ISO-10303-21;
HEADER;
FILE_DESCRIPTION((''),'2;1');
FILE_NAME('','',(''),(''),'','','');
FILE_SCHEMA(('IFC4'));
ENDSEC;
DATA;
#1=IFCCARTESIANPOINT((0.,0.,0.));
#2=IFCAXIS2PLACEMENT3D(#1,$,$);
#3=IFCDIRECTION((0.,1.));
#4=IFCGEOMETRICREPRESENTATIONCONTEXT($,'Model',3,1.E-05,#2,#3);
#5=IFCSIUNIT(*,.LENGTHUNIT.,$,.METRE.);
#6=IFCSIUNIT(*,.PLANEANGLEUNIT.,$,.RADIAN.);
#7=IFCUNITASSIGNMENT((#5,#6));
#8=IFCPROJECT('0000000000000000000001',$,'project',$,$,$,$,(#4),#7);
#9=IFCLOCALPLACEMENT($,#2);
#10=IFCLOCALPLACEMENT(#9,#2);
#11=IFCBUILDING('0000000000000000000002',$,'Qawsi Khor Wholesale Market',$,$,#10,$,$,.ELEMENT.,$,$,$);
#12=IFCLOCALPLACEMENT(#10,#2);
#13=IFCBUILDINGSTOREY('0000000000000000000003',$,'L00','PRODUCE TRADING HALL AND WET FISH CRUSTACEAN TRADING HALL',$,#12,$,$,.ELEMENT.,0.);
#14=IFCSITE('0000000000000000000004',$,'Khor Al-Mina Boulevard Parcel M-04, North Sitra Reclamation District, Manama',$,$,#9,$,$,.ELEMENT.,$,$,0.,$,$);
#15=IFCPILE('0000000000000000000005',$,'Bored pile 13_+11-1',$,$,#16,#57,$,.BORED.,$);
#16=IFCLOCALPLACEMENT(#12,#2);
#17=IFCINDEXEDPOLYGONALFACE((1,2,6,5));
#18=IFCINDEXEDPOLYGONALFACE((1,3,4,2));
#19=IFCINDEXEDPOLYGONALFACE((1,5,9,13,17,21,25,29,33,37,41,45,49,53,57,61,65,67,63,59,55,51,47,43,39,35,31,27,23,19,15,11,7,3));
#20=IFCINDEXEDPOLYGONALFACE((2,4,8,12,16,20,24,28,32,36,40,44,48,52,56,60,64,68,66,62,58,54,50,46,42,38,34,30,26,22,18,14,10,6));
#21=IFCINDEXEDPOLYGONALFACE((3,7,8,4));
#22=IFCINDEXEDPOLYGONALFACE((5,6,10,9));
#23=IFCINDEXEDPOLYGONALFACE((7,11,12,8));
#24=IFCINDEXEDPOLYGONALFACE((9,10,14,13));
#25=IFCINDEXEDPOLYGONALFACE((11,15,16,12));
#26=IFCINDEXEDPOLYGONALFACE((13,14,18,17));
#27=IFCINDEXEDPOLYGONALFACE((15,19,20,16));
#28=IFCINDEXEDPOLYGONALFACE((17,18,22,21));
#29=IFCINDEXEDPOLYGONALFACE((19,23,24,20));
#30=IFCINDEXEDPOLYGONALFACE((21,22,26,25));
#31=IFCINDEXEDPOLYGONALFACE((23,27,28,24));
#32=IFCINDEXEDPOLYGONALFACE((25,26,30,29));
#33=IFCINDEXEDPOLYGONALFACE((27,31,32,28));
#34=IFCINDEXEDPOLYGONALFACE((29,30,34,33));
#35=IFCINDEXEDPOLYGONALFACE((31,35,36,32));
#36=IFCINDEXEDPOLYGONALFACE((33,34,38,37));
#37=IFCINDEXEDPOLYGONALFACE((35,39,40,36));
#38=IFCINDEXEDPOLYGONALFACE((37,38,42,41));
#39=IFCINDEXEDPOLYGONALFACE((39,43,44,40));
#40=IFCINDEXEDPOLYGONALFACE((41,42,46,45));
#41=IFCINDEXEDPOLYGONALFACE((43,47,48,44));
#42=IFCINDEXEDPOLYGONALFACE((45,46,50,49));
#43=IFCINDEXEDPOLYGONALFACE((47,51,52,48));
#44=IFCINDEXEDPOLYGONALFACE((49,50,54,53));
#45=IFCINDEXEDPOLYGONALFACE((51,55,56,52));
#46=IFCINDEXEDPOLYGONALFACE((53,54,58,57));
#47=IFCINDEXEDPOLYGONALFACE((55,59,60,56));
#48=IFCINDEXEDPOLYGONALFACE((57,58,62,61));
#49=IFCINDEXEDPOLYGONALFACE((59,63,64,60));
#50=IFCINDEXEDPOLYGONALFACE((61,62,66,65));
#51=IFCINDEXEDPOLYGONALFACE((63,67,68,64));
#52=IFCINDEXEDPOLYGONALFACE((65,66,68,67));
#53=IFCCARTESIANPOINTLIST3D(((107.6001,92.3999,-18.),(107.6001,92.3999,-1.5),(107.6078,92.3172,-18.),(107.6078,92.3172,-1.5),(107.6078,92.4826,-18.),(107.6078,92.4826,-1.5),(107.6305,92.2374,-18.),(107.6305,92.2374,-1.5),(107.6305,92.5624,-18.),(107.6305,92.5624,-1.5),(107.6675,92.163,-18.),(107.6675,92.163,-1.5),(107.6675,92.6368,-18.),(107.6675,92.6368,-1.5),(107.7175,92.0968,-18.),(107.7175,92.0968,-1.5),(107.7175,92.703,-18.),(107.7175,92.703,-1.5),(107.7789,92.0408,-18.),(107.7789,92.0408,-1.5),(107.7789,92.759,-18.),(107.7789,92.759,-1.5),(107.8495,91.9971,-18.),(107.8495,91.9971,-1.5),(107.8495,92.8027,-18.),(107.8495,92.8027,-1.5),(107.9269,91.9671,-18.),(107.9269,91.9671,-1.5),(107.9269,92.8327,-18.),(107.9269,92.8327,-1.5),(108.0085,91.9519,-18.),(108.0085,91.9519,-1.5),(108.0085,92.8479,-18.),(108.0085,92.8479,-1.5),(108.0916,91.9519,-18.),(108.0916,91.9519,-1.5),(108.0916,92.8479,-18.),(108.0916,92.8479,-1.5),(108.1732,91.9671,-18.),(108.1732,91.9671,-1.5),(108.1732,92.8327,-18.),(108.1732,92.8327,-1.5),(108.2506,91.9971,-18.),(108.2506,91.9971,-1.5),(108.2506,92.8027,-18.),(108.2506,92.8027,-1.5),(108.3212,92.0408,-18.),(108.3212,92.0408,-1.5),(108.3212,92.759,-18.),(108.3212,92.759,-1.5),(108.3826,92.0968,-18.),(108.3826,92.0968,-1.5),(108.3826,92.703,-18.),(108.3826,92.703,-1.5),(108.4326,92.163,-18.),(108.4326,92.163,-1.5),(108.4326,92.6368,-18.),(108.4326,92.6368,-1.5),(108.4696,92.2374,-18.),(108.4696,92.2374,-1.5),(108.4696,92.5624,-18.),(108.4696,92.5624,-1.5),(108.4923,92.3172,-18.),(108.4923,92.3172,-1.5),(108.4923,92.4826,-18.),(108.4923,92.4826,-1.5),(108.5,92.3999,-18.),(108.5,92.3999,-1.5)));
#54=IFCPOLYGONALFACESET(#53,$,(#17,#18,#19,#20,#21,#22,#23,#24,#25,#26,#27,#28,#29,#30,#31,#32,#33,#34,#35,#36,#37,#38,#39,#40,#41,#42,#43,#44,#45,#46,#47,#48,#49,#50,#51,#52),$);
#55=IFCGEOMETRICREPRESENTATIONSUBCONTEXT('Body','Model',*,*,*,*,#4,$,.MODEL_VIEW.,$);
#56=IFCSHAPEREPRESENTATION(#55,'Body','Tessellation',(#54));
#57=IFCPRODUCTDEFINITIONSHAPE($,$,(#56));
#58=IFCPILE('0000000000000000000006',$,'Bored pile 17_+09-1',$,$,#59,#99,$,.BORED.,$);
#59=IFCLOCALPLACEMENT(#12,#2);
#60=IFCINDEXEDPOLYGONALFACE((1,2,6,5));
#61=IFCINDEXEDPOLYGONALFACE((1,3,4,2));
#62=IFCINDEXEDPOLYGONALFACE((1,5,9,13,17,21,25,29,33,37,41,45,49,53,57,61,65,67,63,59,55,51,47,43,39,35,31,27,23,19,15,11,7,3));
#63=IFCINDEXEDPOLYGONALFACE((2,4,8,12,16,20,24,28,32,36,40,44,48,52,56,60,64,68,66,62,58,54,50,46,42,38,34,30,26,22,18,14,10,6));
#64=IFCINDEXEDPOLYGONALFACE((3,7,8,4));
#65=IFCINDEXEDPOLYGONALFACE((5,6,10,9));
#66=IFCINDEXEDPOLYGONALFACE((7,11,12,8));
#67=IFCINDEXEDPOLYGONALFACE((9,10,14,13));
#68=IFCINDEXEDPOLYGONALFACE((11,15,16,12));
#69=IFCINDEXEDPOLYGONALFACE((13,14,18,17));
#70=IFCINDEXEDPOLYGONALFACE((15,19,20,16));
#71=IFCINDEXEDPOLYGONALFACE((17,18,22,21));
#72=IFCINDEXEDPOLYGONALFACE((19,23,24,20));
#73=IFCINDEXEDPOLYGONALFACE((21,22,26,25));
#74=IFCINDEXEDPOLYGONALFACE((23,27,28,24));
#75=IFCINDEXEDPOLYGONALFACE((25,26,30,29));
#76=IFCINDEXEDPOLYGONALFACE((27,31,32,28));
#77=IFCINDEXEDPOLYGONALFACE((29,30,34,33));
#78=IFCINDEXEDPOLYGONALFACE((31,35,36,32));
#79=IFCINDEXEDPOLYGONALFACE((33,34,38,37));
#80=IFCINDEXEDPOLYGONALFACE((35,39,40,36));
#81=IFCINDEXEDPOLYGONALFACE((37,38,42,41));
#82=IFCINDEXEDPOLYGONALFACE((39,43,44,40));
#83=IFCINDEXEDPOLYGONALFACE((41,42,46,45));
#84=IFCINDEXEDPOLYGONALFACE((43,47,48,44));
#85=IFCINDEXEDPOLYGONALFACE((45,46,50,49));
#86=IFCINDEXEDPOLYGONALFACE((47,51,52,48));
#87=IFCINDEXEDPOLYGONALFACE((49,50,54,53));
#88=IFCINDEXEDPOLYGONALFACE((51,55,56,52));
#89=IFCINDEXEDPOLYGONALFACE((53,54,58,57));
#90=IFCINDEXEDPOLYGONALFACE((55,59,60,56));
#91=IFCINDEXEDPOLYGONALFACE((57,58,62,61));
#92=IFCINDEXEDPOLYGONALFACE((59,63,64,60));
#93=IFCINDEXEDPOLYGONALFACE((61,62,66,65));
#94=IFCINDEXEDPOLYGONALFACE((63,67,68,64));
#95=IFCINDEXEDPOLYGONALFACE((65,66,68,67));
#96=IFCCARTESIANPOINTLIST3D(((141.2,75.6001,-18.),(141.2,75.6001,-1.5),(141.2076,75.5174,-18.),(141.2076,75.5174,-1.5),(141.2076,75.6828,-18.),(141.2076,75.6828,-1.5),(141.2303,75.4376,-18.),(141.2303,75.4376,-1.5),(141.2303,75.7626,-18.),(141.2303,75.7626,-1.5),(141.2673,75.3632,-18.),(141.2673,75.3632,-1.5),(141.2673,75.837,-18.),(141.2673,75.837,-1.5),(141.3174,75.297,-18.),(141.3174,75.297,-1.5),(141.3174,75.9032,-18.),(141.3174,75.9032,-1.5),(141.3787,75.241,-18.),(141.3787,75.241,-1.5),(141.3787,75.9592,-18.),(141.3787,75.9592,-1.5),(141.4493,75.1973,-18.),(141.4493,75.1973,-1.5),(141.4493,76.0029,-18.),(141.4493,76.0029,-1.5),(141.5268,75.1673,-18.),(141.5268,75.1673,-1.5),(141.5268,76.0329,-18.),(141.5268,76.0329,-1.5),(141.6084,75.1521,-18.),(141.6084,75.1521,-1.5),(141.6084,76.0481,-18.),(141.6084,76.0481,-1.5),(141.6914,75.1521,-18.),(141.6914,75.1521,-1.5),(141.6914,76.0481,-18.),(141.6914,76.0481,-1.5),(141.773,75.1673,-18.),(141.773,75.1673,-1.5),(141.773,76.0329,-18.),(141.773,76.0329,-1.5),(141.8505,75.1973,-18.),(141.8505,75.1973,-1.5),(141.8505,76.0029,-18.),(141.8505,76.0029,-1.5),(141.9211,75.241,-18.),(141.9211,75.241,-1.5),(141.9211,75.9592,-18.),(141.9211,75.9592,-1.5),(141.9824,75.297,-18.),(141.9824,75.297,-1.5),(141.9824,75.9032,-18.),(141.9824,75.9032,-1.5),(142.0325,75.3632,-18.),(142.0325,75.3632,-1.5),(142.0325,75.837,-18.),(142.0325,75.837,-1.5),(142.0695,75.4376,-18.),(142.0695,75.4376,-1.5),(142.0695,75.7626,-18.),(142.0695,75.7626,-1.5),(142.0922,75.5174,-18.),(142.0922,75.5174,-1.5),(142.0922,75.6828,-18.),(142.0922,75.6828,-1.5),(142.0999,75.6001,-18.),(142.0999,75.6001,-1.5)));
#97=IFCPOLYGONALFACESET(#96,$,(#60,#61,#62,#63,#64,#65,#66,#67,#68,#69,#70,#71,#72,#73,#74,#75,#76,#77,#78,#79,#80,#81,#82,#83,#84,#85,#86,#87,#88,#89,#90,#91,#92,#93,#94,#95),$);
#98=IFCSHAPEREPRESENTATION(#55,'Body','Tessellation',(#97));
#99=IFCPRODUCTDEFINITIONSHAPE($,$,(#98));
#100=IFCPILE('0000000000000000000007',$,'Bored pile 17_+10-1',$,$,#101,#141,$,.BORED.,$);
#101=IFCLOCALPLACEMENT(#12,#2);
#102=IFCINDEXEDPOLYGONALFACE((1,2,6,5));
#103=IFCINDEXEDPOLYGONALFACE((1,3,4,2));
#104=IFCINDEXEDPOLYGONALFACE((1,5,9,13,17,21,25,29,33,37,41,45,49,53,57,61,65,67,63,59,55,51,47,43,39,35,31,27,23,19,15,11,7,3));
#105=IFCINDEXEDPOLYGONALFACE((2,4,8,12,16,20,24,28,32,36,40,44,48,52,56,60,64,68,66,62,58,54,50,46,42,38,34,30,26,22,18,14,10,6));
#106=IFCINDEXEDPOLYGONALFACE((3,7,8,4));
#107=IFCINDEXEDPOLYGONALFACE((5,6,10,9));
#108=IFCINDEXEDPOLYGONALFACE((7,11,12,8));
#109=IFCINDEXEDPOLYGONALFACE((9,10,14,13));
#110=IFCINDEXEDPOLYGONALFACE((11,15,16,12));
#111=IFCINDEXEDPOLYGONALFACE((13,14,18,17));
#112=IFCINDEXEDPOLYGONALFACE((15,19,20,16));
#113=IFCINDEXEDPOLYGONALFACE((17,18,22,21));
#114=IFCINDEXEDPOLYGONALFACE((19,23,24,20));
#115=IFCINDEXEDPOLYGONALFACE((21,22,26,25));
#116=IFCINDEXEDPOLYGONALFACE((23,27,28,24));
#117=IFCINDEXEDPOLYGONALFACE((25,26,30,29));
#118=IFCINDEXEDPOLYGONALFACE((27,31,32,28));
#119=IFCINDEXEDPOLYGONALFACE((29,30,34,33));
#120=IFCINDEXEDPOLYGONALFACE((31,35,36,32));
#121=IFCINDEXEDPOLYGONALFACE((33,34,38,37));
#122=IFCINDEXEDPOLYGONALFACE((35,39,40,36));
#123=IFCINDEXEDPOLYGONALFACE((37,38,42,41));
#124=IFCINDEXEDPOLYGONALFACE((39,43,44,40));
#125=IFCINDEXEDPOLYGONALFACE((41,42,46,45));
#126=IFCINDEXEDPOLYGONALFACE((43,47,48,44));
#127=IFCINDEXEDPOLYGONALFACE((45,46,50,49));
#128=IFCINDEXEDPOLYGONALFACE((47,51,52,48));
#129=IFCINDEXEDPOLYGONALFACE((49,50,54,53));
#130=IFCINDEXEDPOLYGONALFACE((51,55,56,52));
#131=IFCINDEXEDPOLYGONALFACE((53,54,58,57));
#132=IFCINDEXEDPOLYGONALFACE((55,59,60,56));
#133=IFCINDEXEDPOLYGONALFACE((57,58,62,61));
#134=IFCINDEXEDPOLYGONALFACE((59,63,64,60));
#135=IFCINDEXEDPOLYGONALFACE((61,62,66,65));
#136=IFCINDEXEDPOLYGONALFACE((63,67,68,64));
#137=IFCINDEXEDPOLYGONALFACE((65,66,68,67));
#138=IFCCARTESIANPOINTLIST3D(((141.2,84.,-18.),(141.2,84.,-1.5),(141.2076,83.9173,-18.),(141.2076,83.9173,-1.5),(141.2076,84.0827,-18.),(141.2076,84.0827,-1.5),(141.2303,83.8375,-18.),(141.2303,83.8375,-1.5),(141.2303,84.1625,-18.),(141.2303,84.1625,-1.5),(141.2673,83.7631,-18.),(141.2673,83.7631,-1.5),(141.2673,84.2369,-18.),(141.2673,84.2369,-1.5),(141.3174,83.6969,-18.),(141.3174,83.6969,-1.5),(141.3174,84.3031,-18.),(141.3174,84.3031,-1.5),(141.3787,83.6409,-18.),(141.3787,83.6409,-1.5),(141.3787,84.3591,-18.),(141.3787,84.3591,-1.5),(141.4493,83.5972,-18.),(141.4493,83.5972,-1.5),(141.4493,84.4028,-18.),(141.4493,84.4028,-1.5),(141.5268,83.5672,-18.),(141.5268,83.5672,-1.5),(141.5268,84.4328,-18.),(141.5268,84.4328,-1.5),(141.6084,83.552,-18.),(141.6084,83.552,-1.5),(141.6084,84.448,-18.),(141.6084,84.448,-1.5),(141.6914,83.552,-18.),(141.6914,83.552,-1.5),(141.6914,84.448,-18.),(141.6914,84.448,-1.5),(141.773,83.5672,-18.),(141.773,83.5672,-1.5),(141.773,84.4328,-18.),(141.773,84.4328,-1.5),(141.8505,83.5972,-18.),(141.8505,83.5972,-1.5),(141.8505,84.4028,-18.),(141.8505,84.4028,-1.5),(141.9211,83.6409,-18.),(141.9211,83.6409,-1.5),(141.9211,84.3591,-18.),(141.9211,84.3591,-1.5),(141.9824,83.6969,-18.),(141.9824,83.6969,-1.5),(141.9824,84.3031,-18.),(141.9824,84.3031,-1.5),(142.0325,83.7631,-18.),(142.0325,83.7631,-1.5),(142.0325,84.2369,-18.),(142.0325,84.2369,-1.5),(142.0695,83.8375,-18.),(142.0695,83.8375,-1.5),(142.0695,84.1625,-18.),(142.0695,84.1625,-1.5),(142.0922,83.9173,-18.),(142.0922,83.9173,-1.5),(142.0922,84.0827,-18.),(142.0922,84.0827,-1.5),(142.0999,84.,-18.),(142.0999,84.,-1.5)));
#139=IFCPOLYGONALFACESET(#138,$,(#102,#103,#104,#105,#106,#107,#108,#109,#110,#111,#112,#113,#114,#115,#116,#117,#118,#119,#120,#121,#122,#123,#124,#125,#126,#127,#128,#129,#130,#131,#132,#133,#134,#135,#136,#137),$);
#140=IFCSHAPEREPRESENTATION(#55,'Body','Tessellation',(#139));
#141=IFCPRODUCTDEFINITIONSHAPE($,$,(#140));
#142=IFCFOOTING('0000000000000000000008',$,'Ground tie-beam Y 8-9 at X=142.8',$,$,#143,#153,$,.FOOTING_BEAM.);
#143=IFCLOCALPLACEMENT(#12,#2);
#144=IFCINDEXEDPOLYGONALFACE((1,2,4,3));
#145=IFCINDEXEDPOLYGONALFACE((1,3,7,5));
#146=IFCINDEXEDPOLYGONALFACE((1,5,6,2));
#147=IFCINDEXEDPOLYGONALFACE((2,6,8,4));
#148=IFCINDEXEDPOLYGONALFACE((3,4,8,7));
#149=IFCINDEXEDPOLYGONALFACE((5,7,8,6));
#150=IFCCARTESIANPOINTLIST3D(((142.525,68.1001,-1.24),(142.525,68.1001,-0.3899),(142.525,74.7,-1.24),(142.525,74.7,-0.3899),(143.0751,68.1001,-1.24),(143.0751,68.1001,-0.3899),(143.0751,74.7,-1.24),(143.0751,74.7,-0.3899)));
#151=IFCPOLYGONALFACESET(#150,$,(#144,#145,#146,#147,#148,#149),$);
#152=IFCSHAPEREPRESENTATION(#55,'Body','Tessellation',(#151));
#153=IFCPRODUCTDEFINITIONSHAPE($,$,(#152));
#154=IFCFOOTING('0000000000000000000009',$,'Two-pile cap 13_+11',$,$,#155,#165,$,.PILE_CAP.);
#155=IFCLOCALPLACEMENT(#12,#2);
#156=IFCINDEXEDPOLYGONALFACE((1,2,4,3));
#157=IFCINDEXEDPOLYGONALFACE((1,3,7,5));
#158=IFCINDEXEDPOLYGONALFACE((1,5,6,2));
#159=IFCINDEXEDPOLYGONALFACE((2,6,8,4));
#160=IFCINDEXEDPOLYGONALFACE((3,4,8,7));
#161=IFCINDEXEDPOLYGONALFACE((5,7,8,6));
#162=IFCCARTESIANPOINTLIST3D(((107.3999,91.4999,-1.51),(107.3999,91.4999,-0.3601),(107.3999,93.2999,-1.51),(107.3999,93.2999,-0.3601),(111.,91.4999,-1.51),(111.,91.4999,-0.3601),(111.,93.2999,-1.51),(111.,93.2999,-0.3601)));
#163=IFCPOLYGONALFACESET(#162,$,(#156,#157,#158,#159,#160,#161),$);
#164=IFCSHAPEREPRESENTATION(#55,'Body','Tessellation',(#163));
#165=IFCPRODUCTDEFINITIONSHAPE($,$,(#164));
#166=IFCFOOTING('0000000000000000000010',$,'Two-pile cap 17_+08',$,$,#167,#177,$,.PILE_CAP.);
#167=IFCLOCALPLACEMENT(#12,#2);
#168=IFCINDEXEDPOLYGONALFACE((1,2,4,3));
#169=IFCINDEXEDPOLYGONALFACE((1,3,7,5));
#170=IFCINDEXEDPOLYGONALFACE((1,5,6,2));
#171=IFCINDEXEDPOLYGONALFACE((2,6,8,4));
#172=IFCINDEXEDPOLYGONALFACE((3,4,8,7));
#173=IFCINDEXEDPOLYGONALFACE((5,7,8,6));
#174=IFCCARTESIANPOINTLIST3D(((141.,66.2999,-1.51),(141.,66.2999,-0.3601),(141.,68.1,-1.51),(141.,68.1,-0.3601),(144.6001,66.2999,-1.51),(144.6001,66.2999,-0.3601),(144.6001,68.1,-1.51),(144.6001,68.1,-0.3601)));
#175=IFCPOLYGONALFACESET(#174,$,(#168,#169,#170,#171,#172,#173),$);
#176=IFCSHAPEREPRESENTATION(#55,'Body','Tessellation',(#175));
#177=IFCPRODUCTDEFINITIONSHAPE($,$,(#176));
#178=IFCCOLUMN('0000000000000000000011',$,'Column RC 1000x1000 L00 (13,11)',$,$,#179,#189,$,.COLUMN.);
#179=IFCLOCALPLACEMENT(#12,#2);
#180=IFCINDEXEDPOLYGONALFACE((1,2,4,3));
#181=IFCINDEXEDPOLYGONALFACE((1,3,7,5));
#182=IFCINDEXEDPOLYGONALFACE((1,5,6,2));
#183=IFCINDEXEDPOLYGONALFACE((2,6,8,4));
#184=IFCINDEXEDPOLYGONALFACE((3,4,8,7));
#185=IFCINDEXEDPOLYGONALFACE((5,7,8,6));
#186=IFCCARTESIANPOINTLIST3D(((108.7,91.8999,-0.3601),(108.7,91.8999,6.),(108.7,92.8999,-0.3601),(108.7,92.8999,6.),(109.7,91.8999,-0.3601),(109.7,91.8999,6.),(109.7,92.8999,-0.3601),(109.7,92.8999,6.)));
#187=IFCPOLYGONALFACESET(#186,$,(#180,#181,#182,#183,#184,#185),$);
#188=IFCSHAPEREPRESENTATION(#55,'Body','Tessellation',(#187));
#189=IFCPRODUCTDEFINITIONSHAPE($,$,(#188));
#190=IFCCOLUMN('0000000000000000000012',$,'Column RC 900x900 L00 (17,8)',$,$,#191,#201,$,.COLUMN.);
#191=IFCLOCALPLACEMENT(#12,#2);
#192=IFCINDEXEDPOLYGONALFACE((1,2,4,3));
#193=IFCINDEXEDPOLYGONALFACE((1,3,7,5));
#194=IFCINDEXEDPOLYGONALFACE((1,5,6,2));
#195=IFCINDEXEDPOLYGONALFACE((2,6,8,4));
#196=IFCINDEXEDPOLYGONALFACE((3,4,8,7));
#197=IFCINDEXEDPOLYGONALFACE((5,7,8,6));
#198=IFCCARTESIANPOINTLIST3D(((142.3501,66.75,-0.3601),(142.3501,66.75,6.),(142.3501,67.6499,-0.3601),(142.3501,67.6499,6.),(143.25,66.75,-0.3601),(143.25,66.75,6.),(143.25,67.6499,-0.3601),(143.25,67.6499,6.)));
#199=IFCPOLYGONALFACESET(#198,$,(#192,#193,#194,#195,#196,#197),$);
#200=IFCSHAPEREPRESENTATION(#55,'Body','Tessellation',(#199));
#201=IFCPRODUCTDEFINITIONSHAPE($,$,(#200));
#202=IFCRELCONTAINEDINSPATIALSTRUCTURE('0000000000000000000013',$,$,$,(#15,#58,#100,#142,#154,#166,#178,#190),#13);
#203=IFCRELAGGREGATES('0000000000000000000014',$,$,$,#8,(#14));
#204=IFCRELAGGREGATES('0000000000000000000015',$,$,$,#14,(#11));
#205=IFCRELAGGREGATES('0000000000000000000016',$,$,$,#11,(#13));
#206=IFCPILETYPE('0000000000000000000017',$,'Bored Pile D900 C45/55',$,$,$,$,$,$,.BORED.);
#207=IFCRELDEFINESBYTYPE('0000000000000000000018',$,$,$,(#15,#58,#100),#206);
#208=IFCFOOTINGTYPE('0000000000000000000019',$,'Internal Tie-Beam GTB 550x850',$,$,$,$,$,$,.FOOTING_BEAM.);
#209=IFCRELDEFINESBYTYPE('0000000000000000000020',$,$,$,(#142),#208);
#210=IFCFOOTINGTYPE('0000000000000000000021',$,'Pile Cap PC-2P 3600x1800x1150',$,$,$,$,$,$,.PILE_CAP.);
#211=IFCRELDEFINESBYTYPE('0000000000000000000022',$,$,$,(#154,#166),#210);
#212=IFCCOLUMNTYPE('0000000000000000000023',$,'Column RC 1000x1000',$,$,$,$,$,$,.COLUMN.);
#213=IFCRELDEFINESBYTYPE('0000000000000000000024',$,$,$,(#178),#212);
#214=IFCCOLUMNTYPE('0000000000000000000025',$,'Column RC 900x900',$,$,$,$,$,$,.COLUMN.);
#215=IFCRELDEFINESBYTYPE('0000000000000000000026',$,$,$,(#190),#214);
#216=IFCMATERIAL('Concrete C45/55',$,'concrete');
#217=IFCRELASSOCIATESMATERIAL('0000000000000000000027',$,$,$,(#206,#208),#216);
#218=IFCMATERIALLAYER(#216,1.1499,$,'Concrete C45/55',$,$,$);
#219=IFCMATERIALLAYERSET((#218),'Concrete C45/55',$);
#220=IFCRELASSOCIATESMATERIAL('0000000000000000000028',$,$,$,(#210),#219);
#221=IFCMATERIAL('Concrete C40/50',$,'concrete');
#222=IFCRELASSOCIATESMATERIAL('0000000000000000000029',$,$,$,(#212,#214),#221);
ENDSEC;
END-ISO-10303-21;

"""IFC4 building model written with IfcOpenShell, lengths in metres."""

from ifc_helpers import new_model, si_unit, direction, frame, origin, origin_2d, place, context, subcontext, project, spatial, rectangle, circle, extrude, material, layer, layer_set, material_profile, profile_set, type_object, element, save


model = new_model("IFC4")

# Units and contexts
model_context = context("Model", 3, precision=1e-05, world=origin(), true_north=direction((0.0, 1.0)))
body_context = subcontext(model_context, "Body", "Model", "MODEL_VIEW")
ifc_project = project(units=[si_unit("LENGTHUNIT", "METRE"), si_unit("PLANEANGLEUNIT", "RADIAN")], contexts=[model_context])

# Site, building, storey
site_placement = place(None, origin())
site = spatial("IfcSite", under=ifc_project, at=site_placement, Name="Khor Al-Mina Boulevard Parcel M-04, North Sitra Reclamation District, Manama", CompositionType="ELEMENT", RefElevation=0.0)
building_placement = place(site_placement, origin())
building = spatial("IfcBuilding", under=site, at=building_placement, Name="Qawsi Khor Wholesale Market", CompositionType="ELEMENT")
storey_placement = place(building_placement, origin())
storey = spatial("IfcBuildingStorey", under=building, at=storey_placement, Name="L00", Description="PRODUCE TRADING HALL AND WET FISH CRUSTACEAN TRADING HALL", CompositionType="ELEMENT", Elevation=0.0)

# Piles
ifc_material_1 = material(Name="Concrete C45/55", Category="concrete")
ifc_material_profile_1 = material_profile(ifc_material_1, circle(Radius=0.45, at=origin_2d()), Name="PILE D900")
ifc_profile_set_1 = profile_set([ifc_material_profile_1], Name="Concrete C45/55")
pile_type = type_object("IfcPileType", Name="Bored Pile D900 C45/55", PredefinedType="BORED", material=ifc_profile_set_1)
for number, where, z_axis, x_axis, name in (
    (1, (108.05, 92.3999, -1.5), (0.0, 0.0, -1.0), (1.0, 0.0, 0.0), "Bored pile 13_+11-1"),
    (2, (141.6499, 75.6001, -1.5), (0.0, 0.0, -1.0), (1.0, 0.0, 0.0), "Bored pile 17_+09-1"),
    (3, (141.6499, 84.0, -1.5), (0.0, 0.0, -1.0), (1.0, 0.0, 0.0), "Bored pile 17_+10-1"),
):
    element("IfcPile", number, at=place(storey_placement, frame(where, z_axis=z_axis, x_axis=x_axis)), inside=storey, type_object=pile_type, Name=name, PredefinedType="BORED", context=body_context, shape_type="SweptSolid", body=[
        extrude(circle(Radius=0.45, at=origin_2d()), origin(), (0.0, 0.0, 1.0), 16.5),
    ])

# Footings
ifc_material_profile_2 = material_profile(ifc_material_1, rectangle(XDim=0.55, YDim=0.8501, at=origin_2d()), Name="RC 550x850")
ifc_profile_set_2 = profile_set([ifc_material_profile_2], Name="Concrete C45/55")
footing_type_1 = type_object("IfcFootingType", Name="Internal Tie-Beam GTB 550x850", PredefinedType="FOOTING_BEAM", material=ifc_profile_set_2)
footing_placement = place(storey_placement, frame((142.8, 68.1001, -0.8149), z_axis=(0.0, 1.0, 0.0), x_axis=(-1.0, 0.0, 0.0)))
element("IfcFooting", 4, at=footing_placement, inside=storey, type_object=footing_type_1, Name="Ground tie-beam Y 8-9 at X=142.8", PredefinedType="FOOTING_BEAM", context=body_context, shape_type="SweptSolid", body=[
    extrude(rectangle(XDim=0.55, YDim=0.8501, at=origin_2d()), origin(), (0.0, 0.0, 1.0), 6.5999),
])
ifc_layer_1 = layer(ifc_material_1, 1.1499, Name="Concrete C45/55")
ifc_layer_set_1 = layer_set([ifc_layer_1], Name="Concrete C45/55")
footing_type_2 = type_object("IfcFootingType", Name="Pile Cap PC-2P 3600x1800x1150", PredefinedType="PILE_CAP", material=ifc_layer_set_1)
for number, where, z_axis, x_axis, name in (
    (5, (109.2, 92.3999, -1.51), (0.0, 0.0, 1.0), (1.0, 0.0, 0.0), "Two-pile cap 13_+11"),
    (6, (142.8, 67.2, -1.51), (0.0, 0.0, 1.0), (1.0, 0.0, 0.0), "Two-pile cap 17_+08"),
):
    element("IfcFooting", number, at=place(storey_placement, frame(where, z_axis=z_axis, x_axis=x_axis)), inside=storey, type_object=footing_type_2, Name=name, PredefinedType="PILE_CAP", context=body_context, shape_type="SweptSolid", body=[
        extrude(rectangle(XDim=3.6001, YDim=1.8, at=origin_2d()), origin(), (0.0, 0.0, 1.0), 1.1499),
    ])

# Columns
ifc_material_2 = material(Name="Concrete C40/50", Category="concrete")
ifc_material_profile_3 = material_profile(ifc_material_2, rectangle(XDim=1.0, YDim=1.0, at=origin_2d()), Name="RC 1000x1000")
ifc_profile_set_3 = profile_set([ifc_material_profile_3], Name="Concrete C40/50")
column_type_1 = type_object("IfcColumnType", Name="Column RC 1000x1000", PredefinedType="COLUMN", material=ifc_profile_set_3)
column_1_placement = place(storey_placement, frame((109.2, 92.3999, -0.3601), z_axis=(0.0, 0.0, 1.0), x_axis=(1.0, 0.0, 0.0)))
element("IfcColumn", 7, at=column_1_placement, inside=storey, type_object=column_type_1, Name="Column RC 1000x1000 L00 (13,11)", PredefinedType="COLUMN", context=body_context, shape_type="SweptSolid", body=[
    extrude(rectangle(XDim=1.0, YDim=1.0, at=origin_2d()), origin(), (0.0, 0.0, 1.0), 6.3601),
])
ifc_material_profile_4 = material_profile(ifc_material_2, rectangle(XDim=0.8999, YDim=0.8999, at=origin_2d()), Name="RC 900x900")
ifc_profile_set_4 = profile_set([ifc_material_profile_4], Name="Concrete C40/50")
column_type_2 = type_object("IfcColumnType", Name="Column RC 900x900", PredefinedType="COLUMN", material=ifc_profile_set_4)
column_2_placement = place(storey_placement, frame((142.8, 67.2, -0.3601), z_axis=(0.0, 0.0, 1.0), x_axis=(1.0, 0.0, 0.0)))
element("IfcColumn", 8, at=column_2_placement, inside=storey, type_object=column_type_2, Name="Column RC 900x900 L00 (17,8)", PredefinedType="COLUMN", context=body_context, shape_type="SweptSolid", body=[
    extrude(rectangle(XDim=0.8999, YDim=0.8999, at=origin_2d()), origin(), (0.0, 0.0, 1.0), 6.3601),
])

save(model, "model.ifc")
